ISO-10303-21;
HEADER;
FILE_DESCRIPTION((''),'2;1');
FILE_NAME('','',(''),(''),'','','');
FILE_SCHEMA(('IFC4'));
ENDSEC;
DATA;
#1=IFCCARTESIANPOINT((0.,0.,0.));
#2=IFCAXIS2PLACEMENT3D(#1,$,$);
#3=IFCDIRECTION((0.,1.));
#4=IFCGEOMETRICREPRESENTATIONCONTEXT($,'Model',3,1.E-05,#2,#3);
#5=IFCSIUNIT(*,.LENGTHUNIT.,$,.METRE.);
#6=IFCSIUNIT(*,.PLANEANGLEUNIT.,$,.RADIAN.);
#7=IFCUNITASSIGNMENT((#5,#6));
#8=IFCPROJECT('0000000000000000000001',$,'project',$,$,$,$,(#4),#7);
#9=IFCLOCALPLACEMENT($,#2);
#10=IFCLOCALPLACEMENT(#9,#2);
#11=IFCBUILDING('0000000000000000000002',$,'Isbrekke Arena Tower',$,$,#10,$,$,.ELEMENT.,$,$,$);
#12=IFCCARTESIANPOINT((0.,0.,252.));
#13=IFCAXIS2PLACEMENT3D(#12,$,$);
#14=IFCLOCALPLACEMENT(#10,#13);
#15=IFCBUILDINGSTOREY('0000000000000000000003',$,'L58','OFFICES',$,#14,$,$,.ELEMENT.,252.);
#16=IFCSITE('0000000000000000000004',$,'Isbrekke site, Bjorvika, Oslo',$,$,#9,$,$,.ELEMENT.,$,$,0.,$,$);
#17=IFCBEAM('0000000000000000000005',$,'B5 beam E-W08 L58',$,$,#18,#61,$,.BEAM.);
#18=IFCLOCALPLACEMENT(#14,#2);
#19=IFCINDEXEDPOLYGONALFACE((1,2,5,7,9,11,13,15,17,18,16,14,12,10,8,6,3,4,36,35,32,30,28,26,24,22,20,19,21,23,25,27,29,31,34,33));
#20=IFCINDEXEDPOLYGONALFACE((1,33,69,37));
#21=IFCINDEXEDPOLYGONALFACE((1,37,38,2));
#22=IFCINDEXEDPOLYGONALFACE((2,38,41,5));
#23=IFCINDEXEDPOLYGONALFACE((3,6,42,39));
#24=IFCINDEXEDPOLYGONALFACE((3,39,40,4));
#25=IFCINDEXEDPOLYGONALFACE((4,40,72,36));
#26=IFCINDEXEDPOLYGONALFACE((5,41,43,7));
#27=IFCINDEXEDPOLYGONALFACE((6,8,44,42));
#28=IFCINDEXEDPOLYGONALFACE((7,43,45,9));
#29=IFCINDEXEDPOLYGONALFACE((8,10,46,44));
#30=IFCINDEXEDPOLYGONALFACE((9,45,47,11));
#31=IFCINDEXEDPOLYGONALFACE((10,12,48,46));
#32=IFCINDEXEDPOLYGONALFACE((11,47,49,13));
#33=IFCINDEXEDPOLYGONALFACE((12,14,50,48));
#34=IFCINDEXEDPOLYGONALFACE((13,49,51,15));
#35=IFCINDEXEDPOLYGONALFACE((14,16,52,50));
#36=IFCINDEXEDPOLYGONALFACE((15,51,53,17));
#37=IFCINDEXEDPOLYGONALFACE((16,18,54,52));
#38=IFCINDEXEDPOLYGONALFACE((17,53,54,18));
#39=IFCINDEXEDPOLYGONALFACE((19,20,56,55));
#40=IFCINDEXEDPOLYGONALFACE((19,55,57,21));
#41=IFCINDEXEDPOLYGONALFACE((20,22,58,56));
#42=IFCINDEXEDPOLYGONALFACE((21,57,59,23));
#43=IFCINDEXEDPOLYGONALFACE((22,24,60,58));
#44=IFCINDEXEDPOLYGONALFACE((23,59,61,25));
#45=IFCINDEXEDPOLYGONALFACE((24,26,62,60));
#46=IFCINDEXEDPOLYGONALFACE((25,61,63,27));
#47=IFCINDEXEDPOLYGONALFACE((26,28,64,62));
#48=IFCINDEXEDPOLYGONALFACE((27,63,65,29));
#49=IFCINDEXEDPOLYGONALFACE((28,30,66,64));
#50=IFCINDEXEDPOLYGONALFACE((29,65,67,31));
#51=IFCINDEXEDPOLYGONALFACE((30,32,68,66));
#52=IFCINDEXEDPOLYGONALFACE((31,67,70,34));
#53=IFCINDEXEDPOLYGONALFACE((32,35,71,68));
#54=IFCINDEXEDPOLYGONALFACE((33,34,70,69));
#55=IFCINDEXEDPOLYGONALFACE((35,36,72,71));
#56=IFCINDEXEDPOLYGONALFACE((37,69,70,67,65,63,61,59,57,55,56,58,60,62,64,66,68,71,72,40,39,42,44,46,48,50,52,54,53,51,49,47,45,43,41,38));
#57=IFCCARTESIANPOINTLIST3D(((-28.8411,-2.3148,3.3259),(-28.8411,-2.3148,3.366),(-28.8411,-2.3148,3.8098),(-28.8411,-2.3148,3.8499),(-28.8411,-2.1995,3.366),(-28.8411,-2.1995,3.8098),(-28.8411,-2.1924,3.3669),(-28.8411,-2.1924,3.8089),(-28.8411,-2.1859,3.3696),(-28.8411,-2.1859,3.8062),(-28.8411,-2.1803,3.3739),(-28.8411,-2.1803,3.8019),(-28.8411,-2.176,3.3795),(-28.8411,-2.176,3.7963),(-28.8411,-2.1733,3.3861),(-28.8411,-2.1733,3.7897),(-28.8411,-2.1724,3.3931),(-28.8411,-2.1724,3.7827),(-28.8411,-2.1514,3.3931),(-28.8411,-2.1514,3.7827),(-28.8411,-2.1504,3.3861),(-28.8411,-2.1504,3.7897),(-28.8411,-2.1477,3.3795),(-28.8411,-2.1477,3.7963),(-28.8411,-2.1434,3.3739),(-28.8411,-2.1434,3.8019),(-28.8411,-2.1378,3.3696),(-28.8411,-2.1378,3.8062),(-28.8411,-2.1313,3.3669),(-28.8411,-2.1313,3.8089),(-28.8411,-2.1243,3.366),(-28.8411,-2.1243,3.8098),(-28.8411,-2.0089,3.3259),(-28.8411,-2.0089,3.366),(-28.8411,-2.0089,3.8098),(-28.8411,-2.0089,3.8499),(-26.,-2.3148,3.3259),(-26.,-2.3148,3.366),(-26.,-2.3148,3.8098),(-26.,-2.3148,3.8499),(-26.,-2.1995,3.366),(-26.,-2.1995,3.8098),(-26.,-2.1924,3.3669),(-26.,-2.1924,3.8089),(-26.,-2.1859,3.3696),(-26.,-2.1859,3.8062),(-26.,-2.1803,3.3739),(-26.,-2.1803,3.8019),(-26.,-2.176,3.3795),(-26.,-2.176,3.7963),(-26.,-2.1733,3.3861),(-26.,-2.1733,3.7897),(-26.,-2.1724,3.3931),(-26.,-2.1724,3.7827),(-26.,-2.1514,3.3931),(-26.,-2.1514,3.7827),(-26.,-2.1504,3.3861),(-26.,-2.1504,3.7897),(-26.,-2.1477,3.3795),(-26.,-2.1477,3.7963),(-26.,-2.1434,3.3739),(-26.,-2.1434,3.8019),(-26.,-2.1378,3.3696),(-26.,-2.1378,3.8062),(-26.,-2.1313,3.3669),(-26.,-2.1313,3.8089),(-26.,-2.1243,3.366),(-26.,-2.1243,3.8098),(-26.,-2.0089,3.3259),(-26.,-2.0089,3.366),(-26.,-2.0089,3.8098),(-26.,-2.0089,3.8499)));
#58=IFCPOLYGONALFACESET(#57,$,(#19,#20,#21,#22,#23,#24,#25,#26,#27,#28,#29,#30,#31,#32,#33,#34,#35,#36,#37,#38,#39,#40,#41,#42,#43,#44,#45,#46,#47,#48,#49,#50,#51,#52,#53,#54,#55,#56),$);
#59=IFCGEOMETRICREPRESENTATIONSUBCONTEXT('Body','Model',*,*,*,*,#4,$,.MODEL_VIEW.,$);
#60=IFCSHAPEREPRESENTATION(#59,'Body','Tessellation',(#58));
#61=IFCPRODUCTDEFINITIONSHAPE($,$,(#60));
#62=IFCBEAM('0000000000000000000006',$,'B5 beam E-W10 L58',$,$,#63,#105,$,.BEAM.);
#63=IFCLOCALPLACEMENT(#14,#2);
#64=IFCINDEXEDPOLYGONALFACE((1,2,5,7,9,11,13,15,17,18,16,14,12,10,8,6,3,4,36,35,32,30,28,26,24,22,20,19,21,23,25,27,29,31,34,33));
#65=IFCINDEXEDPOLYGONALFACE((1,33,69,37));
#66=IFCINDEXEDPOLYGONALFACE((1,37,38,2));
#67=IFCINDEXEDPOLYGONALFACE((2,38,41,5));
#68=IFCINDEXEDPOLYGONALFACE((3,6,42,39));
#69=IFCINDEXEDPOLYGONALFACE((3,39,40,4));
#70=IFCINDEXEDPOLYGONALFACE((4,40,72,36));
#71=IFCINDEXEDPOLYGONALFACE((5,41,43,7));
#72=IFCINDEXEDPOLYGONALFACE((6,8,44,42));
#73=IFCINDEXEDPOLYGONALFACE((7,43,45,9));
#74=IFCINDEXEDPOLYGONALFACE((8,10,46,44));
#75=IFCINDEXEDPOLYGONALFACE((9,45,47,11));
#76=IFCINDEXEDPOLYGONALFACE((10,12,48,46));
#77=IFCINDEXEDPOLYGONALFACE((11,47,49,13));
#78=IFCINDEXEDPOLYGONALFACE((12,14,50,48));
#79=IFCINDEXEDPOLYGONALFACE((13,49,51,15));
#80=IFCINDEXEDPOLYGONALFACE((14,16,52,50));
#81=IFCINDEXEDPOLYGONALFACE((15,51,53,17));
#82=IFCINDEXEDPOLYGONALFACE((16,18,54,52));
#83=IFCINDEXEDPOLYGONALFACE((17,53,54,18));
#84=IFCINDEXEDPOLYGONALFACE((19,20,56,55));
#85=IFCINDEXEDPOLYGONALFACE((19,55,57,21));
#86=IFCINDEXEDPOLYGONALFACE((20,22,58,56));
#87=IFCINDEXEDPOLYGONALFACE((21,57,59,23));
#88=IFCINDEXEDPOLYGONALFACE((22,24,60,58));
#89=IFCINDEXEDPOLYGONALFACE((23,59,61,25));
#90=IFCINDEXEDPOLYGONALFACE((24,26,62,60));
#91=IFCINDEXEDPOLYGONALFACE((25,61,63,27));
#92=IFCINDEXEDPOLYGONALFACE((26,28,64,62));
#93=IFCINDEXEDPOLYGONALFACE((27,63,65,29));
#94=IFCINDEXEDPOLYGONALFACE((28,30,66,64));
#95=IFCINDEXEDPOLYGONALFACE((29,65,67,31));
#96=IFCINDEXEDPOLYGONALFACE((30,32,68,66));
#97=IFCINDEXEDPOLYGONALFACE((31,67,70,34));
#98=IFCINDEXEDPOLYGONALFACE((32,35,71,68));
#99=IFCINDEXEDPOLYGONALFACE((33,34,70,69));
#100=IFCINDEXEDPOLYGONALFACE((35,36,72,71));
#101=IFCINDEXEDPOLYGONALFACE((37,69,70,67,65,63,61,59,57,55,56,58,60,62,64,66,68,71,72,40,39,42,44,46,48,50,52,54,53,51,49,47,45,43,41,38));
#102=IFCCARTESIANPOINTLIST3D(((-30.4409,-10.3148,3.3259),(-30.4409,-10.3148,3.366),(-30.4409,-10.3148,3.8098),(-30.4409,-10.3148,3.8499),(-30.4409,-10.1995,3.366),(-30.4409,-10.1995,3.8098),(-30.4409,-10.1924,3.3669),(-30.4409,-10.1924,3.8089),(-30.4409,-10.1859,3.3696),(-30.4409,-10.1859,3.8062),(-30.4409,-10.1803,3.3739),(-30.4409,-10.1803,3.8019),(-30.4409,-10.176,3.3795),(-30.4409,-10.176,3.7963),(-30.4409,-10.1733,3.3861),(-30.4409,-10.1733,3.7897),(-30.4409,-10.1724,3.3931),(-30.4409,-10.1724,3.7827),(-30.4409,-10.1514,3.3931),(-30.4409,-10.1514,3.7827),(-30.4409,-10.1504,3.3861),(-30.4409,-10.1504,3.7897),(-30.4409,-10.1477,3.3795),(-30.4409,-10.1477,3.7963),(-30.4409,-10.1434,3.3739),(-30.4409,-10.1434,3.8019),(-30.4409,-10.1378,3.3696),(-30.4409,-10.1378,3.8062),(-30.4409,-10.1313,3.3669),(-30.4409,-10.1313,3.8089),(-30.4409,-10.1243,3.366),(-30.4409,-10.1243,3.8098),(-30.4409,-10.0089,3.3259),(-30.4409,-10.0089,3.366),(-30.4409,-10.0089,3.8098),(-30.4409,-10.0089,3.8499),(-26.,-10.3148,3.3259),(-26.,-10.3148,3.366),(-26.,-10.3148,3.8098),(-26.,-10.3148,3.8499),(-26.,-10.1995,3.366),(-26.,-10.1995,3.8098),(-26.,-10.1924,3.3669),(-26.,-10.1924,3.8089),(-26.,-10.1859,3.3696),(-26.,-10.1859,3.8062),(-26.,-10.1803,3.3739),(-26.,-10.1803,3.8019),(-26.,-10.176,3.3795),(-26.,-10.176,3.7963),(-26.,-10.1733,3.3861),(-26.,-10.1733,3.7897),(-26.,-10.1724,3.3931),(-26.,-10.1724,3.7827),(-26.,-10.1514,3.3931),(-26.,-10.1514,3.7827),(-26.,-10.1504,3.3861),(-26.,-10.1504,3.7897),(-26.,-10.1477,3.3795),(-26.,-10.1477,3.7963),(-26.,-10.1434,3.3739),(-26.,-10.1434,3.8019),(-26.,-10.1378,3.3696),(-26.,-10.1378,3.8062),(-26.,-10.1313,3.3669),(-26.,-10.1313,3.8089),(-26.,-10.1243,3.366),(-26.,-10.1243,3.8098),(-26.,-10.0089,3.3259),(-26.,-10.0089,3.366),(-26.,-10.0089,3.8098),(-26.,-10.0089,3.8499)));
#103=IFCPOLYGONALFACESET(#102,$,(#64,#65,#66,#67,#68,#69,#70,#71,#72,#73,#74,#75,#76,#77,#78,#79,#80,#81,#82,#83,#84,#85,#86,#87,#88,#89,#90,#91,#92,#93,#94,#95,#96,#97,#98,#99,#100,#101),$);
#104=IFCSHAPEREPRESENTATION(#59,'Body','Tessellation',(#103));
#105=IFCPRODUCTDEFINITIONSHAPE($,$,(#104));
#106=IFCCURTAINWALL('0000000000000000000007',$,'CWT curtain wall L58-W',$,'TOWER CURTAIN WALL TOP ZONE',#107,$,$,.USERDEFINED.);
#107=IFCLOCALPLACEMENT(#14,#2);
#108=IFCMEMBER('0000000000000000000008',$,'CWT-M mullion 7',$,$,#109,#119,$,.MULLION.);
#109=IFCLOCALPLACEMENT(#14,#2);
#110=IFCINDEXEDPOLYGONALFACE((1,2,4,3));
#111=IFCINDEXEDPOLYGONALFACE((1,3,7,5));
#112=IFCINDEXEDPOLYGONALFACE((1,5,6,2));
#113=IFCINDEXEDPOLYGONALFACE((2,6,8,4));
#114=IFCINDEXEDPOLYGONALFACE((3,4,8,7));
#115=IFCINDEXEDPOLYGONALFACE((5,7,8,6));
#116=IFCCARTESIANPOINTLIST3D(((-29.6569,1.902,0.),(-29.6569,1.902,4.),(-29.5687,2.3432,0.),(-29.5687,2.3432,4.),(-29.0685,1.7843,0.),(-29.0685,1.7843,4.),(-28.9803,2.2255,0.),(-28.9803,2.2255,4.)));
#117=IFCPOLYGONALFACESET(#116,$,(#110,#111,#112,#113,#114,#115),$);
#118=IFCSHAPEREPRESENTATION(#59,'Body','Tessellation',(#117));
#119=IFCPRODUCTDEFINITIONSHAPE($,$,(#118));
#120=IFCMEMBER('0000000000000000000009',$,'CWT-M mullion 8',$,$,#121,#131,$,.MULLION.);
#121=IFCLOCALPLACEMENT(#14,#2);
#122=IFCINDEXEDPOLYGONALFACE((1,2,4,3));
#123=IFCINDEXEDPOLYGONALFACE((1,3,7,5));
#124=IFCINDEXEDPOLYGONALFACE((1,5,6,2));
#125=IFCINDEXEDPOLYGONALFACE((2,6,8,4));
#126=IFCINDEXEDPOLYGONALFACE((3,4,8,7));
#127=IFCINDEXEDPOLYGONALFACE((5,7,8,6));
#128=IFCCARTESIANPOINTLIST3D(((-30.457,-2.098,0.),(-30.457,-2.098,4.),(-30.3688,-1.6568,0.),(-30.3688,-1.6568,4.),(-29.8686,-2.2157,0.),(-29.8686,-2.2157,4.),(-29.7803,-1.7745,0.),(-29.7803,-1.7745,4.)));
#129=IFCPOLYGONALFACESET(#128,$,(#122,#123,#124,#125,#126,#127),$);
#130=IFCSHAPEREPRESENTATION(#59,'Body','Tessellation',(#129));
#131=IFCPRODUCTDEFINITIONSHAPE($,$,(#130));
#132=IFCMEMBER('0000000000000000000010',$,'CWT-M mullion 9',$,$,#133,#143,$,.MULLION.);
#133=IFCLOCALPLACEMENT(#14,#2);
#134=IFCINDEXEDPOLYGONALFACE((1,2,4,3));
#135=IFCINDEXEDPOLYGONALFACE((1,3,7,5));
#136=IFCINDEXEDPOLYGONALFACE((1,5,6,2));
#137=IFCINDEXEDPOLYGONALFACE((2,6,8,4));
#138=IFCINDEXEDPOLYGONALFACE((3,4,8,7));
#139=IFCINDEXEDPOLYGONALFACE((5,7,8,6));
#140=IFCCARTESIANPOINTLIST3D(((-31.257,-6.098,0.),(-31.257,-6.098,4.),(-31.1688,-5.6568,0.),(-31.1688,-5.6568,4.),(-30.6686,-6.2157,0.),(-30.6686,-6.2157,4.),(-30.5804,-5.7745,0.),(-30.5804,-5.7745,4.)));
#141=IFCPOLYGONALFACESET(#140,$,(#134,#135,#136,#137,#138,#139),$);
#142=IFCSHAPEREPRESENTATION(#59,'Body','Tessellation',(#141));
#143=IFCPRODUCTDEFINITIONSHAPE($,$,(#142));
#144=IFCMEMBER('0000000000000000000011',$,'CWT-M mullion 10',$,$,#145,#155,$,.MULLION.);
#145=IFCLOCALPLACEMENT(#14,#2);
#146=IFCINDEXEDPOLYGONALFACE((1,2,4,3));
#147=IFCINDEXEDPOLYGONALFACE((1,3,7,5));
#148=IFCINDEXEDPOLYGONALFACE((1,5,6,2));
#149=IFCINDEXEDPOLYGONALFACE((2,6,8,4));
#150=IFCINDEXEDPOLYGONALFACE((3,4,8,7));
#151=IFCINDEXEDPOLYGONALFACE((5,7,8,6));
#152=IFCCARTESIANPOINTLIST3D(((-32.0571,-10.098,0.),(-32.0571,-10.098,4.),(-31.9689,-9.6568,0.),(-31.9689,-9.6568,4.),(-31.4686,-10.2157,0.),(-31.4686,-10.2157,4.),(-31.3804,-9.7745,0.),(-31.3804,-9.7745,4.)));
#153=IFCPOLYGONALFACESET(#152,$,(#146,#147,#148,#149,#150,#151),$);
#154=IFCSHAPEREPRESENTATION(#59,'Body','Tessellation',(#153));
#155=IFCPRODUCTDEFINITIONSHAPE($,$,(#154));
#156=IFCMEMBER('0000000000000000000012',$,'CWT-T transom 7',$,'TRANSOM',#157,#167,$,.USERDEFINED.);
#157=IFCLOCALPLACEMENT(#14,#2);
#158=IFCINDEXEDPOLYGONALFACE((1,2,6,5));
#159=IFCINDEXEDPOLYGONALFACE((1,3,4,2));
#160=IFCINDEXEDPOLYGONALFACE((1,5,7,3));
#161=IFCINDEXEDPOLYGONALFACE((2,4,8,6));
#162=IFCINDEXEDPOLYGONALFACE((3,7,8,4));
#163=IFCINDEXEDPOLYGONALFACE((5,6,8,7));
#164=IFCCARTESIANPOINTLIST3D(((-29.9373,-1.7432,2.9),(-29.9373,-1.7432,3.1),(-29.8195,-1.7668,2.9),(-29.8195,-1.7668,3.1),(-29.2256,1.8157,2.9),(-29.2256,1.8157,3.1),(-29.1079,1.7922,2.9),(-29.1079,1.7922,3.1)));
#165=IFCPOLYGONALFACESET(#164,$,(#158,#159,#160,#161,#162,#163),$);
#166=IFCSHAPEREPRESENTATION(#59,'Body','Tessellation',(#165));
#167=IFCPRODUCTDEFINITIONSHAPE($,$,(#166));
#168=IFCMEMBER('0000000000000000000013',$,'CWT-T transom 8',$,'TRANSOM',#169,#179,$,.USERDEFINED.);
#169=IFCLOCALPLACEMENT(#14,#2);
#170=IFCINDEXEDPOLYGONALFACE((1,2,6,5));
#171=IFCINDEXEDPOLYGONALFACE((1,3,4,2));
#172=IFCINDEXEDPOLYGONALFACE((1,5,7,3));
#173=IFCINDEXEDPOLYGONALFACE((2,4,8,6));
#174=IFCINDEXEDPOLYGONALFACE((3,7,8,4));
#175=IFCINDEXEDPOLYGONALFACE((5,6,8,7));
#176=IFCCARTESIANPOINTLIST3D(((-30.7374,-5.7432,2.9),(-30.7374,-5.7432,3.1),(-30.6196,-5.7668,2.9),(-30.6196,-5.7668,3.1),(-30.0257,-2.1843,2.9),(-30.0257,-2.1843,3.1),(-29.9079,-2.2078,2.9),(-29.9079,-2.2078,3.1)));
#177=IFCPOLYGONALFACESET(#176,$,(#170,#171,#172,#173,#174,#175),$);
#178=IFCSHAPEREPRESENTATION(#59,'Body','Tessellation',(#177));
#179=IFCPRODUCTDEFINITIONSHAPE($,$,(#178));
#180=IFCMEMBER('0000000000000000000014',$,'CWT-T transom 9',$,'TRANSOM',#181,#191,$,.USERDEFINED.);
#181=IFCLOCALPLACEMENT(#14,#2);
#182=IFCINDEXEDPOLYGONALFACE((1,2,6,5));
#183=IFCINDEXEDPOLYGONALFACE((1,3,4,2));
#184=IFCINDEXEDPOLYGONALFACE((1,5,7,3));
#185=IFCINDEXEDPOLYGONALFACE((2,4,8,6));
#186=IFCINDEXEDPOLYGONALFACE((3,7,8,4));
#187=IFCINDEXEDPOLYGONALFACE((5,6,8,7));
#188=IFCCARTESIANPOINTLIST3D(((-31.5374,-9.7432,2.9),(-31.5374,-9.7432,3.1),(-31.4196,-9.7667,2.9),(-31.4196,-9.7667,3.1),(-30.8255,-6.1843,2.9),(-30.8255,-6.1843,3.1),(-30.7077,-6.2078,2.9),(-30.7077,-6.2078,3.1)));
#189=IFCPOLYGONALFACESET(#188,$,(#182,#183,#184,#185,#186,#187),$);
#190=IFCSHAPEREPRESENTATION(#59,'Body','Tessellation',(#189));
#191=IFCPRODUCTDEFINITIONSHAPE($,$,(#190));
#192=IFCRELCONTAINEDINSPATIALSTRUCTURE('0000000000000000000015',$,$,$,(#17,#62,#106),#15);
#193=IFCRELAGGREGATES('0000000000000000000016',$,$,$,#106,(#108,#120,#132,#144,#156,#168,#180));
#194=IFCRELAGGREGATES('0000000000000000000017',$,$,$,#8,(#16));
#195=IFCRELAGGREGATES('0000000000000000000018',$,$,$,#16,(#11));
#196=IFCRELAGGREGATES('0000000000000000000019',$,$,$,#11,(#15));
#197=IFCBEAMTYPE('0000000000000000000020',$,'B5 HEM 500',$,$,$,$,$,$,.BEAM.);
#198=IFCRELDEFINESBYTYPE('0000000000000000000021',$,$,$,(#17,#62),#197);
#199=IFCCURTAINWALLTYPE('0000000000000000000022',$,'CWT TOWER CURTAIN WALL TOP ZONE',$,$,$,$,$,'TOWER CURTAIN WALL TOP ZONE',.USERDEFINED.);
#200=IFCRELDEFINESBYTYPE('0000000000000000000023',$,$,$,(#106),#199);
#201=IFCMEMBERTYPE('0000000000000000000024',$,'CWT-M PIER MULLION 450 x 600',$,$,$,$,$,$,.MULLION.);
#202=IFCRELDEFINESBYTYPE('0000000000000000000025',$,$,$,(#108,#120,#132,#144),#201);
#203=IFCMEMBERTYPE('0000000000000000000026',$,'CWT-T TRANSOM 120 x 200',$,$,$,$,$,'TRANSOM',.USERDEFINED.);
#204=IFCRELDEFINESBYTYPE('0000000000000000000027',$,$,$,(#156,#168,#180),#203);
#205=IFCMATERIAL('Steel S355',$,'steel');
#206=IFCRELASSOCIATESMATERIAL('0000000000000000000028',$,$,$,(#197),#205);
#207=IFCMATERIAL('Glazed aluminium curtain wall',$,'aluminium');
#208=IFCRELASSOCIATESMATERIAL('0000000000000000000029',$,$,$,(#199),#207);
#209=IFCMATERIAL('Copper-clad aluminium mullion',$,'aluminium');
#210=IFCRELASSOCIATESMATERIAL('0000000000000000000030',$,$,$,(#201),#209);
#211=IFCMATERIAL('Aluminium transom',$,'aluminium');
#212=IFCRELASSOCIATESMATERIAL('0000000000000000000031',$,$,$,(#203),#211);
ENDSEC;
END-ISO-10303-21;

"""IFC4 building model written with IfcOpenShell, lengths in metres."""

from ifc_helpers import new_model, si_unit, direction, frame, origin, origin_2d, place, context, subcontext, project, spatial, rectangle, i_section, extrude, material, material_profile, profile_set, type_object, element, aggregate, save


model = new_model("IFC4")

# Units and contexts
model_context = context("Model", 3, precision=1e-05, world=origin(), true_north=direction((0.0, 1.0)))
body_context = subcontext(model_context, "Body", "Model", "MODEL_VIEW")
ifc_project = project(units=[si_unit("LENGTHUNIT", "METRE"), si_unit("PLANEANGLEUNIT", "RADIAN")], contexts=[model_context])

# Site, building, storey
site_placement = place(None, origin())
site = spatial("IfcSite", under=ifc_project, at=site_placement, Name="Isbrekke site, Bjorvika, Oslo", CompositionType="ELEMENT", RefElevation=0.0)
building_placement = place(site_placement, origin())
building = spatial("IfcBuilding", under=site, at=building_placement, Name="Isbrekke Arena Tower", CompositionType="ELEMENT")
storey_placement = place(building_placement, frame((0.0, 0.0, 252.0)))
storey = spatial("IfcBuildingStorey", under=building, at=storey_placement, Name="L58", Description="OFFICES", CompositionType="ELEMENT", Elevation=252.0)

# Beams
ifc_material_1 = material(Name="Steel S355", Category="steel")
ifc_material_profile_1 = material_profile(ifc_material_1, i_section(OverallWidth=0.3059, OverallDepth=0.5239, WebThickness=0.021, FlangeThickness=0.04, FilletRadius=0.0271, at=origin_2d()), Name="HEM 500")
ifc_profile_set_1 = profile_set([ifc_material_profile_1], Name="Steel S355")
beam_type_1 = type_object("IfcBeamType", Name="B5 HEM 500", PredefinedType="BEAM", material=ifc_profile_set_1)
beam_1_placement = place(storey_placement, frame((-28.8411, -2.1619, 3.5879), z_axis=(1.0, 0.0, 0.0), x_axis=(0.0, 1.0, 0.0)))
element("IfcBeam", 1, at=beam_1_placement, inside=storey, type_object=beam_type_1, Name="B5 beam E-W08 L58", PredefinedType="BEAM", context=body_context, shape_type="SweptSolid", body=[
    extrude(i_section(OverallWidth=0.3059, OverallDepth=0.5239, WebThickness=0.021, FlangeThickness=0.04, FilletRadius=0.0271, at=origin_2d()), origin(), (0.0, 0.0, 1.0), 2.8411),
])
beam_2_placement = place(storey_placement, frame((-30.4409, -10.1619, 3.5879), z_axis=(1.0, 0.0, 0.0), x_axis=(0.0, 1.0, 0.0)))
element("IfcBeam", 2, at=beam_2_placement, inside=storey, type_object=beam_type_1, Name="B5 beam E-W10 L58", PredefinedType="BEAM", context=body_context, shape_type="SweptSolid", body=[
    extrude(i_section(OverallWidth=0.3059, OverallDepth=0.5239, WebThickness=0.021, FlangeThickness=0.04, FilletRadius=0.0271, at=origin_2d()), origin(), (0.0, 0.0, 1.0), 4.4409),
])

# Curtain wall, members
ifc_material_2 = material(Name="Glazed aluminium curtain wall", Category="aluminium")
curtain_wall_type = type_object("IfcCurtainWallType", Name="CWT TOWER CURTAIN WALL TOP ZONE", ElementType="TOWER CURTAIN WALL TOP ZONE", PredefinedType="USERDEFINED", material=ifc_material_2)
curtain_wall_placement = place(storey_placement, origin())
curtain_wall = element("IfcCurtainWall", 3, at=curtain_wall_placement, inside=storey, type_object=curtain_wall_type, Name="CWT curtain wall L58-W", ObjectType="TOWER CURTAIN WALL TOP ZONE", PredefinedType="USERDEFINED")
ifc_material_3 = material(Name="Copper-clad aluminium mullion", Category="aluminium")
ifc_material_profile_2 = material_profile(ifc_material_3, rectangle(XDim=0.45, YDim=0.6001, at=origin_2d()), Name="PIER 450X600")
ifc_profile_set_2 = profile_set([ifc_material_profile_2], Name="Copper-clad aluminium mullion")
member_type_1 = type_object("IfcMemberType", Name="CWT-M PIER MULLION 450 x 600", PredefinedType="MULLION", material=ifc_profile_set_2)
member_1_placement = place(storey_placement, frame((-29.3186, 2.0637, 0.0), z_axis=(0.0, 0.0, 1.0), x_axis=(-0.196116, -0.980581, 0.0)))
member_1 = element("IfcMember", 4, at=member_1_placement, type_object=member_type_1, Name="CWT-M mullion 7", PredefinedType="MULLION", context=body_context, shape_type="SweptSolid", body=[
    extrude(rectangle(XDim=0.45, YDim=0.6001, at=origin_2d()), origin(), (0.0, 0.0, 1.0), 4.0),
])
member_2_placement = place(storey_placement, frame((-30.1187, -1.9363, 0.0), z_axis=(0.0, 0.0, 1.0), x_axis=(-0.196116, -0.980581, 0.0)))
member_2 = element("IfcMember", 5, at=member_2_placement, type_object=member_type_1, Name="CWT-M mullion 8", PredefinedType="MULLION", context=body_context, shape_type="SweptSolid", body=[
    extrude(rectangle(XDim=0.45, YDim=0.6001, at=origin_2d()), origin(), (0.0, 0.0, 1.0), 4.0),
])
member_3_placement = place(storey_placement, frame((-30.9187, -5.9363, 0.0), z_axis=(0.0, 0.0, 1.0), x_axis=(-0.196116, -0.980581, 0.0)))
member_3 = element("IfcMember", 6, at=member_3_placement, type_object=member_type_1, Name="CWT-M mullion 9", PredefinedType="MULLION", context=body_context, shape_type="SweptSolid", body=[
    extrude(rectangle(XDim=0.45, YDim=0.6001, at=origin_2d()), origin(), (0.0, 0.0, 1.0), 4.0),
])
member_4_placement = place(storey_placement, frame((-31.7188, -9.9363, 0.0), z_axis=(0.0, 0.0, 1.0), x_axis=(-0.196116, -0.980581, 0.0)))
member_4 = element("IfcMember", 7, at=member_4_placement, type_object=member_type_1, Name="CWT-M mullion 10", PredefinedType="MULLION", context=body_context, shape_type="SweptSolid", body=[
    extrude(rectangle(XDim=0.45, YDim=0.6001, at=origin_2d()), origin(), (0.0, 0.0, 1.0), 4.0),
])
ifc_material_4 = material(Name="Aluminium transom", Category="aluminium")
ifc_material_profile_3 = material_profile(ifc_material_4, rectangle(XDim=0.1201, YDim=0.2, at=origin_2d()), Name="TRANSOM 120X200")
ifc_profile_set_3 = profile_set([ifc_material_profile_3], Name="Aluminium transom")
member_type_2 = type_object("IfcMemberType", Name="CWT-T TRANSOM 120 x 200", ElementType="TRANSOM", PredefinedType="USERDEFINED", material=ifc_profile_set_3)
member_5_placement = place(storey_placement, frame((-29.1667, 1.804, 3.0), z_axis=(-0.19609, -0.980586, 0.0), x_axis=(0.980586, -0.19609, 0.0)))
member_5 = element("IfcMember", 8, at=member_5_placement, type_object=member_type_2, Name="CWT-T transom 7", ObjectType="TRANSOM", PredefinedType="USERDEFINED", context=body_context, shape_type="SweptSolid", body=[
    extrude(rectangle(XDim=0.1201, YDim=0.2, at=origin_2d()), origin(), (0.0, 0.0, 1.0), 3.6294),
])
member_6_placement = place(storey_placement, frame((-29.9668, -2.196, 3.0), z_axis=(-0.19609, -0.980586, 0.0), x_axis=(0.980586, -0.19609, 0.0)))
member_6 = element("IfcMember", 9, at=member_6_placement, type_object=member_type_2, Name="CWT-T transom 8", ObjectType="TRANSOM", PredefinedType="USERDEFINED", context=body_context, shape_type="SweptSolid", body=[
    extrude(rectangle(XDim=0.1201, YDim=0.2, at=origin_2d()), origin(), (0.0, 0.0, 1.0), 3.6294),
])
member_7_placement = place(storey_placement, frame((-30.7666, -6.196, 3.0), z_axis=(-0.196155, -0.980573, 0.0), x_axis=(0.980573, -0.196155, 0.0)))
member_7 = element("IfcMember", 10, at=member_7_placement, type_object=member_type_2, Name="CWT-T transom 9", ObjectType="TRANSOM", PredefinedType="USERDEFINED", context=body_context, shape_type="SweptSolid", body=[
    extrude(rectangle(XDim=0.1201, YDim=0.2, at=origin_2d()), origin(), (0.0, 0.0, 1.0), 3.6294),
])

aggregate(curtain_wall, [member_1, member_2, member_3, member_4, member_5, member_6, member_7])

save(model, "model.ifc")
